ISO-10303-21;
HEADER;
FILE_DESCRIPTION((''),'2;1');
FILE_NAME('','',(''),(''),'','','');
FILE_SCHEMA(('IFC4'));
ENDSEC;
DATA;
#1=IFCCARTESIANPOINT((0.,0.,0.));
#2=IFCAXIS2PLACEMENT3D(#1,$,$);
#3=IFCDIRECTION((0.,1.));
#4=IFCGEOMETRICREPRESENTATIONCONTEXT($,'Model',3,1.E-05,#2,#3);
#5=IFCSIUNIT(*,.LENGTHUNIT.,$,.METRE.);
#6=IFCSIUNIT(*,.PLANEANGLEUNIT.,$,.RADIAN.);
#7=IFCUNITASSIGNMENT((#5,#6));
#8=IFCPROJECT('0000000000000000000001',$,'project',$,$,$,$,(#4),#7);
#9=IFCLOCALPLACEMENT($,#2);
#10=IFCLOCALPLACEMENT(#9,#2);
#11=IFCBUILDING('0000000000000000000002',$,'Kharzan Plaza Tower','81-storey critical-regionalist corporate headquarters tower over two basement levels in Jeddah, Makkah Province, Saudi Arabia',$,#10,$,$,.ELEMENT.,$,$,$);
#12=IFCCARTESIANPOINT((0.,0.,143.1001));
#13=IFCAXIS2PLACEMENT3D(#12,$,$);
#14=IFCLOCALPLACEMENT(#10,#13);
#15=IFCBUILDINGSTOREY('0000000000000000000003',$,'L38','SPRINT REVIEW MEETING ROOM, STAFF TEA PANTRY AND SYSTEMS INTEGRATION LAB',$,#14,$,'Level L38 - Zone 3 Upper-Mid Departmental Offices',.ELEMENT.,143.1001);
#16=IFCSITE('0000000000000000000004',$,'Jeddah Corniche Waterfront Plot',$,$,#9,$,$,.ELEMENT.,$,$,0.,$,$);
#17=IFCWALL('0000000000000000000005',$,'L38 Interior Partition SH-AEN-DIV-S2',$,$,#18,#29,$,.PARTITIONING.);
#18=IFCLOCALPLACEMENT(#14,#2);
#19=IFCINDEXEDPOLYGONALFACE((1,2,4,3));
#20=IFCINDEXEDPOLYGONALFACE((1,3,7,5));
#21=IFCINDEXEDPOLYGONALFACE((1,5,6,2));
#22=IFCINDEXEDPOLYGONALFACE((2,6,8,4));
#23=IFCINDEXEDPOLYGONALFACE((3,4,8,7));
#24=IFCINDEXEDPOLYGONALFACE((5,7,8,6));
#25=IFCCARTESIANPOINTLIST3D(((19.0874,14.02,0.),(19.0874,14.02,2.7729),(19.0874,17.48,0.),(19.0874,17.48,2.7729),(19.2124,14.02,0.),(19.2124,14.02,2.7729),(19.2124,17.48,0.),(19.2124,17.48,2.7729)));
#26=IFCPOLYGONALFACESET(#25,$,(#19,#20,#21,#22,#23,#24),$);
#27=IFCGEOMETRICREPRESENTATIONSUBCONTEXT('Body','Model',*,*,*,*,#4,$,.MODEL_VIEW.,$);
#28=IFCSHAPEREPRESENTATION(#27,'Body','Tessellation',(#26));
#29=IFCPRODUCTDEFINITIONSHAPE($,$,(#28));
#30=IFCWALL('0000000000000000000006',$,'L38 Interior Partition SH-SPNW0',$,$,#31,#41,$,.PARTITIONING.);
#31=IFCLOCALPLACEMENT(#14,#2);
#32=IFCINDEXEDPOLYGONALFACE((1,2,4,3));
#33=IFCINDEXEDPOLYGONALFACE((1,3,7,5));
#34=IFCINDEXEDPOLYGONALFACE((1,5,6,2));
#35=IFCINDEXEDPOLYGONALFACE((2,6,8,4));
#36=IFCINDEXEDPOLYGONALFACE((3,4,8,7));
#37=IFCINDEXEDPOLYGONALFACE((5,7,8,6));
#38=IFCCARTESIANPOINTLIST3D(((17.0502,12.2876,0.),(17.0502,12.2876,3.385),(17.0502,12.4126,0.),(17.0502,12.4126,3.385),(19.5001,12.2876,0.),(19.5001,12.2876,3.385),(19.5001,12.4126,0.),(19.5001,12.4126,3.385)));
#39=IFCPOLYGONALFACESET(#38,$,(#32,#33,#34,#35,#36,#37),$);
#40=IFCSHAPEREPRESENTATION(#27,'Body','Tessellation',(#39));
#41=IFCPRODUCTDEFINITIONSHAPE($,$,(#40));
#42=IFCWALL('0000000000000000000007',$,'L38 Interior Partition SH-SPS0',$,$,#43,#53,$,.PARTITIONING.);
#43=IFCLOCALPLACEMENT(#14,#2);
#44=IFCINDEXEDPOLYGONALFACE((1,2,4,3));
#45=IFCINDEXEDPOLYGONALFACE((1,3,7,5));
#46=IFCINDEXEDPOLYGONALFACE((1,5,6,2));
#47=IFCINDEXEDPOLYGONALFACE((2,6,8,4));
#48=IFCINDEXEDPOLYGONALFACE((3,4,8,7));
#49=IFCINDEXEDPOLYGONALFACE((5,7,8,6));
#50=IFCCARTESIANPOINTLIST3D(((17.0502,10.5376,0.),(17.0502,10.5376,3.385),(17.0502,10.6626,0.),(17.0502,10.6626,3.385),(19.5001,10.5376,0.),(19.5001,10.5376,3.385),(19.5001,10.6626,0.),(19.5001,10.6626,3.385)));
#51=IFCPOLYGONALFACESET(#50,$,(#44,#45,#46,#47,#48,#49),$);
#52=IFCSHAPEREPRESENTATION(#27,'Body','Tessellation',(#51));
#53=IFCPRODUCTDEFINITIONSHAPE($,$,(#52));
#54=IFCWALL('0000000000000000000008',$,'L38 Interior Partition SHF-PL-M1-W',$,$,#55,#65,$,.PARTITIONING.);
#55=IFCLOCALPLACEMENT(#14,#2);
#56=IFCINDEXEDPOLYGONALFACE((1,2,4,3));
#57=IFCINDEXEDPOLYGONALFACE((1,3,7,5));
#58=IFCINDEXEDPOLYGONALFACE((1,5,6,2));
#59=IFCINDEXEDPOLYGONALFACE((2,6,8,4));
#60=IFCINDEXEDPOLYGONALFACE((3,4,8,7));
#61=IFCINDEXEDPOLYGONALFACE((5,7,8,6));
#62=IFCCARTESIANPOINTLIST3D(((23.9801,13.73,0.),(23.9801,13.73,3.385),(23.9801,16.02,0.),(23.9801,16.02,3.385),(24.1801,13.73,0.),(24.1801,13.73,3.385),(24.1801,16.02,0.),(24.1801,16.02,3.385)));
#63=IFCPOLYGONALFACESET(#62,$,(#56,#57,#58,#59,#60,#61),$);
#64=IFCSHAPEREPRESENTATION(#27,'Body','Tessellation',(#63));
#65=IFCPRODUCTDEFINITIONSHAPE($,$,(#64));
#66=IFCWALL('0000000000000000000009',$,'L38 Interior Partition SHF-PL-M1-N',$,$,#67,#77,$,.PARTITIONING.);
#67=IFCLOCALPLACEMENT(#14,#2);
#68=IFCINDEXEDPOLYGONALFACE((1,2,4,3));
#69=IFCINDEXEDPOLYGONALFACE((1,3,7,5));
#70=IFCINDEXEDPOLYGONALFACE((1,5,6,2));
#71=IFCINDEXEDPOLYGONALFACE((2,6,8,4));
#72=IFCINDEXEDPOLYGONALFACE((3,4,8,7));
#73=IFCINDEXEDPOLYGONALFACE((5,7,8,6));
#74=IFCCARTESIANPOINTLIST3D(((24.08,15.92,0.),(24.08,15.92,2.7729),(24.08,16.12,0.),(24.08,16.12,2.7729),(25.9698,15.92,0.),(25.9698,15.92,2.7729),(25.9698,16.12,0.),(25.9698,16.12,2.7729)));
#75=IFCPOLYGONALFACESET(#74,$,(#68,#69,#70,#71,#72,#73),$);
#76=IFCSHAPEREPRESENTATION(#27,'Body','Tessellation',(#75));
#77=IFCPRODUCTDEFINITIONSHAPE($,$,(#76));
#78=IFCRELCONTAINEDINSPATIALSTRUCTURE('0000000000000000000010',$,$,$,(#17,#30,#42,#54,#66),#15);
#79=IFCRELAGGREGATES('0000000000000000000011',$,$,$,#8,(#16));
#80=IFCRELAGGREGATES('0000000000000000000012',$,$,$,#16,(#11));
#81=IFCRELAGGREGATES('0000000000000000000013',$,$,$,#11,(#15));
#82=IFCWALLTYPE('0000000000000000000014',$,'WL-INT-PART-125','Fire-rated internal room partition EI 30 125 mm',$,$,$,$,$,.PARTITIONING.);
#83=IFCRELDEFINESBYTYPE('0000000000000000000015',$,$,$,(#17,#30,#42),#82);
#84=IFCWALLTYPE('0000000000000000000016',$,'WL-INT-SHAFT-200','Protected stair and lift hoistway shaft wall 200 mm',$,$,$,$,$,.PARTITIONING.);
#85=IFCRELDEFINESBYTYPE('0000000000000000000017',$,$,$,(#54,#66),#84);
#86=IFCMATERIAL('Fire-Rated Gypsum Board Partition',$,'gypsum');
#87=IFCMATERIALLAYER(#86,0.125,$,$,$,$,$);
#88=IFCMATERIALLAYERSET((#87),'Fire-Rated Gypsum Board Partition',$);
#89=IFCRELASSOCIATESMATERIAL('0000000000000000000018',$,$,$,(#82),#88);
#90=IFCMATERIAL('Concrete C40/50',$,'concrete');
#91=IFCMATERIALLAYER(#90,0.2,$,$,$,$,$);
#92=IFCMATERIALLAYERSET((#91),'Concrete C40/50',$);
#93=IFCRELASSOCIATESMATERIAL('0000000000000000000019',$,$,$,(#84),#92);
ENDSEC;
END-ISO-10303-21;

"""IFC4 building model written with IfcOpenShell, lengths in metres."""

from ifc_helpers import new_model, si_unit, direction, frame, frame_2d, origin, place, context, subcontext, project, spatial, rectangle, extrude, source, transform, mapped, material, layer, layer_set, type_object, element, save


model = new_model("IFC4")

# Units and contexts
model_context = context("Model", 3, precision=1e-05, world=origin(), true_north=direction((0.0, 1.0)))
body_context = subcontext(model_context, "Body", "Model", "MODEL_VIEW")
ifc_project = project(units=[si_unit("LENGTHUNIT", "METRE"), si_unit("PLANEANGLEUNIT", "RADIAN")], contexts=[model_context])

# Site, building, storey
site_placement = place(None, origin())
site = spatial("IfcSite", under=ifc_project, at=site_placement, Name="Jeddah Corniche Waterfront Plot", CompositionType="ELEMENT", RefElevation=0.0)
building_placement = place(site_placement, origin())
building = spatial("IfcBuilding", under=site, at=building_placement, Name="Kharzan Plaza Tower", Description="81-storey critical-regionalist corporate headquarters tower over two basement levels in Jeddah, Makkah Province, Saudi Arabia", CompositionType="ELEMENT")
storey_placement = place(building_placement, frame((0.0, 0.0, 143.1001)))
storey = spatial("IfcBuildingStorey", under=building, at=storey_placement, Name="L38", Description="SPRINT REVIEW MEETING ROOM, STAFF TEA PANTRY AND SYSTEMS INTEGRATION LAB", LongName="Level L38 - Zone 3 Upper-Mid Departmental Offices", CompositionType="ELEMENT", Elevation=143.1001)

# Shared definitions
ifc_material_1 = material(Name="Concrete C40/50", Category="concrete")

# Shared definitions
ifc_material_2 = material(Name="Fire-Rated Gypsum Board Partition", Category="gypsum")
ifc_layer_1 = layer(ifc_material_2, 0.125)
ifc_layer_set_1 = layer_set([ifc_layer_1], Name="Fire-Rated Gypsum Board Partition")
wall_type_1 = type_object("IfcWallType", Name="WL-INT-PART-125", Description="Fire-rated internal room partition EI 30 125 mm", PredefinedType="PARTITIONING", material=ifc_layer_set_1)
ifc_layer_2 = layer(ifc_material_1, 0.2)
ifc_layer_set_2 = layer_set([ifc_layer_2], Name="Concrete C40/50")
wall_type_2 = type_object("IfcWallType", Name="WL-INT-SHAFT-200", Description="Protected stair and lift hoistway shaft wall 200 mm", PredefinedType="PARTITIONING", material=ifc_layer_set_2)

# Walls
shared_shape_1 = source(origin(), body_context, "Body", "SweptSolid", [
    extrude(rectangle(XDim=3.46, YDim=0.125, at=frame_2d((1.73, 0.0))), origin(), (0.0, 0.0, 1.0), 2.7729),
])
wall_1_placement = place(storey_placement, frame((19.1499, 14.02, 0.0), z_axis=(0.0, 0.0, 1.0), x_axis=(0.0, 1.0, 0.0)))
element("IfcWall", 1, at=wall_1_placement, inside=storey, type_object=wall_type_1, Name="L38 Interior Partition SH-AEN-DIV-S2", PredefinedType="PARTITIONING", context=body_context, shape_type="MappedRepresentation", body=[
    mapped(shared_shape_1, transform((0.0, 0.0, 0.0), x_axis=(1.0, 0.0, 0.0), y_axis=(0.0, 1.0, 0.0), z_axis=(0.0, 0.0, 1.0))),
])
shared_shape_2 = source(origin(), body_context, "Body", "SweptSolid", [
    extrude(rectangle(XDim=2.45, YDim=0.125, at=frame_2d((1.2251, 0.0))), origin(), (0.0, 0.0, 1.0), 3.385),
])
for number, where, z_axis, x_axis, name in (
    (2, (17.05, 12.3501, 0.0), (0.0, 0.0, 1.0), (1.0, 0.0, 0.0), "L38 Interior Partition SH-SPNW0"),
    (3, (17.05, 10.6001, 0.0), (0.0, 0.0, 1.0), (1.0, 0.0, 0.0), "L38 Interior Partition SH-SPS0"),
):
    element("IfcWall", number, at=place(storey_placement, frame(where, z_axis=z_axis, x_axis=x_axis)), inside=storey, type_object=wall_type_1, Name=name, PredefinedType="PARTITIONING", context=body_context, shape_type="MappedRepresentation", body=[
        mapped(shared_shape_2, transform((0.0, 0.0, 0.0), x_axis=(1.0, 0.0, 0.0), y_axis=(0.0, 1.0, 0.0), z_axis=(0.0, 0.0, 1.0))),
    ])
shared_shape_3 = source(origin(), body_context, "Body", "SweptSolid", [
    extrude(rectangle(XDim=2.29, YDim=0.2, at=frame_2d((1.145, 0.0))), origin(), (0.0, 0.0, 1.0), 3.385),
])
wall_2_placement = place(storey_placement, frame((24.0801, 13.73, 0.0), z_axis=(0.0, 0.0, 1.0), x_axis=(0.0, 1.0, 0.0)))
element("IfcWall", 4, at=wall_2_placement, inside=storey, type_object=wall_type_2, Name="L38 Interior Partition SHF-PL-M1-W", PredefinedType="PARTITIONING", context=body_context, shape_type="MappedRepresentation", body=[
    mapped(shared_shape_3, transform((0.0, 0.0, 0.0), x_axis=(1.0, 0.0, 0.0), y_axis=(0.0, 1.0, 0.0), z_axis=(0.0, 0.0, 1.0))),
])
shared_shape_4 = source(origin(), body_context, "Body", "SweptSolid", [
    extrude(rectangle(XDim=1.8899, YDim=0.2, at=frame_2d((0.9448, 0.0))), origin(), (0.0, 0.0, 1.0), 2.7729),
])
wall_3_placement = place(storey_placement, frame((24.0801, 16.02, 0.0), z_axis=(0.0, 0.0, 1.0), x_axis=(1.0, 0.0, 0.0)))
element("IfcWall", 5, at=wall_3_placement, inside=storey, type_object=wall_type_2, Name="L38 Interior Partition SHF-PL-M1-N", PredefinedType="PARTITIONING", context=body_context, shape_type="MappedRepresentation", body=[
    mapped(shared_shape_4, transform((0.0, 0.0, 0.0), x_axis=(1.0, 0.0, 0.0), y_axis=(0.0, 1.0, 0.0), z_axis=(0.0, 0.0, 1.0))),
])

save(model, "model.ifc")
